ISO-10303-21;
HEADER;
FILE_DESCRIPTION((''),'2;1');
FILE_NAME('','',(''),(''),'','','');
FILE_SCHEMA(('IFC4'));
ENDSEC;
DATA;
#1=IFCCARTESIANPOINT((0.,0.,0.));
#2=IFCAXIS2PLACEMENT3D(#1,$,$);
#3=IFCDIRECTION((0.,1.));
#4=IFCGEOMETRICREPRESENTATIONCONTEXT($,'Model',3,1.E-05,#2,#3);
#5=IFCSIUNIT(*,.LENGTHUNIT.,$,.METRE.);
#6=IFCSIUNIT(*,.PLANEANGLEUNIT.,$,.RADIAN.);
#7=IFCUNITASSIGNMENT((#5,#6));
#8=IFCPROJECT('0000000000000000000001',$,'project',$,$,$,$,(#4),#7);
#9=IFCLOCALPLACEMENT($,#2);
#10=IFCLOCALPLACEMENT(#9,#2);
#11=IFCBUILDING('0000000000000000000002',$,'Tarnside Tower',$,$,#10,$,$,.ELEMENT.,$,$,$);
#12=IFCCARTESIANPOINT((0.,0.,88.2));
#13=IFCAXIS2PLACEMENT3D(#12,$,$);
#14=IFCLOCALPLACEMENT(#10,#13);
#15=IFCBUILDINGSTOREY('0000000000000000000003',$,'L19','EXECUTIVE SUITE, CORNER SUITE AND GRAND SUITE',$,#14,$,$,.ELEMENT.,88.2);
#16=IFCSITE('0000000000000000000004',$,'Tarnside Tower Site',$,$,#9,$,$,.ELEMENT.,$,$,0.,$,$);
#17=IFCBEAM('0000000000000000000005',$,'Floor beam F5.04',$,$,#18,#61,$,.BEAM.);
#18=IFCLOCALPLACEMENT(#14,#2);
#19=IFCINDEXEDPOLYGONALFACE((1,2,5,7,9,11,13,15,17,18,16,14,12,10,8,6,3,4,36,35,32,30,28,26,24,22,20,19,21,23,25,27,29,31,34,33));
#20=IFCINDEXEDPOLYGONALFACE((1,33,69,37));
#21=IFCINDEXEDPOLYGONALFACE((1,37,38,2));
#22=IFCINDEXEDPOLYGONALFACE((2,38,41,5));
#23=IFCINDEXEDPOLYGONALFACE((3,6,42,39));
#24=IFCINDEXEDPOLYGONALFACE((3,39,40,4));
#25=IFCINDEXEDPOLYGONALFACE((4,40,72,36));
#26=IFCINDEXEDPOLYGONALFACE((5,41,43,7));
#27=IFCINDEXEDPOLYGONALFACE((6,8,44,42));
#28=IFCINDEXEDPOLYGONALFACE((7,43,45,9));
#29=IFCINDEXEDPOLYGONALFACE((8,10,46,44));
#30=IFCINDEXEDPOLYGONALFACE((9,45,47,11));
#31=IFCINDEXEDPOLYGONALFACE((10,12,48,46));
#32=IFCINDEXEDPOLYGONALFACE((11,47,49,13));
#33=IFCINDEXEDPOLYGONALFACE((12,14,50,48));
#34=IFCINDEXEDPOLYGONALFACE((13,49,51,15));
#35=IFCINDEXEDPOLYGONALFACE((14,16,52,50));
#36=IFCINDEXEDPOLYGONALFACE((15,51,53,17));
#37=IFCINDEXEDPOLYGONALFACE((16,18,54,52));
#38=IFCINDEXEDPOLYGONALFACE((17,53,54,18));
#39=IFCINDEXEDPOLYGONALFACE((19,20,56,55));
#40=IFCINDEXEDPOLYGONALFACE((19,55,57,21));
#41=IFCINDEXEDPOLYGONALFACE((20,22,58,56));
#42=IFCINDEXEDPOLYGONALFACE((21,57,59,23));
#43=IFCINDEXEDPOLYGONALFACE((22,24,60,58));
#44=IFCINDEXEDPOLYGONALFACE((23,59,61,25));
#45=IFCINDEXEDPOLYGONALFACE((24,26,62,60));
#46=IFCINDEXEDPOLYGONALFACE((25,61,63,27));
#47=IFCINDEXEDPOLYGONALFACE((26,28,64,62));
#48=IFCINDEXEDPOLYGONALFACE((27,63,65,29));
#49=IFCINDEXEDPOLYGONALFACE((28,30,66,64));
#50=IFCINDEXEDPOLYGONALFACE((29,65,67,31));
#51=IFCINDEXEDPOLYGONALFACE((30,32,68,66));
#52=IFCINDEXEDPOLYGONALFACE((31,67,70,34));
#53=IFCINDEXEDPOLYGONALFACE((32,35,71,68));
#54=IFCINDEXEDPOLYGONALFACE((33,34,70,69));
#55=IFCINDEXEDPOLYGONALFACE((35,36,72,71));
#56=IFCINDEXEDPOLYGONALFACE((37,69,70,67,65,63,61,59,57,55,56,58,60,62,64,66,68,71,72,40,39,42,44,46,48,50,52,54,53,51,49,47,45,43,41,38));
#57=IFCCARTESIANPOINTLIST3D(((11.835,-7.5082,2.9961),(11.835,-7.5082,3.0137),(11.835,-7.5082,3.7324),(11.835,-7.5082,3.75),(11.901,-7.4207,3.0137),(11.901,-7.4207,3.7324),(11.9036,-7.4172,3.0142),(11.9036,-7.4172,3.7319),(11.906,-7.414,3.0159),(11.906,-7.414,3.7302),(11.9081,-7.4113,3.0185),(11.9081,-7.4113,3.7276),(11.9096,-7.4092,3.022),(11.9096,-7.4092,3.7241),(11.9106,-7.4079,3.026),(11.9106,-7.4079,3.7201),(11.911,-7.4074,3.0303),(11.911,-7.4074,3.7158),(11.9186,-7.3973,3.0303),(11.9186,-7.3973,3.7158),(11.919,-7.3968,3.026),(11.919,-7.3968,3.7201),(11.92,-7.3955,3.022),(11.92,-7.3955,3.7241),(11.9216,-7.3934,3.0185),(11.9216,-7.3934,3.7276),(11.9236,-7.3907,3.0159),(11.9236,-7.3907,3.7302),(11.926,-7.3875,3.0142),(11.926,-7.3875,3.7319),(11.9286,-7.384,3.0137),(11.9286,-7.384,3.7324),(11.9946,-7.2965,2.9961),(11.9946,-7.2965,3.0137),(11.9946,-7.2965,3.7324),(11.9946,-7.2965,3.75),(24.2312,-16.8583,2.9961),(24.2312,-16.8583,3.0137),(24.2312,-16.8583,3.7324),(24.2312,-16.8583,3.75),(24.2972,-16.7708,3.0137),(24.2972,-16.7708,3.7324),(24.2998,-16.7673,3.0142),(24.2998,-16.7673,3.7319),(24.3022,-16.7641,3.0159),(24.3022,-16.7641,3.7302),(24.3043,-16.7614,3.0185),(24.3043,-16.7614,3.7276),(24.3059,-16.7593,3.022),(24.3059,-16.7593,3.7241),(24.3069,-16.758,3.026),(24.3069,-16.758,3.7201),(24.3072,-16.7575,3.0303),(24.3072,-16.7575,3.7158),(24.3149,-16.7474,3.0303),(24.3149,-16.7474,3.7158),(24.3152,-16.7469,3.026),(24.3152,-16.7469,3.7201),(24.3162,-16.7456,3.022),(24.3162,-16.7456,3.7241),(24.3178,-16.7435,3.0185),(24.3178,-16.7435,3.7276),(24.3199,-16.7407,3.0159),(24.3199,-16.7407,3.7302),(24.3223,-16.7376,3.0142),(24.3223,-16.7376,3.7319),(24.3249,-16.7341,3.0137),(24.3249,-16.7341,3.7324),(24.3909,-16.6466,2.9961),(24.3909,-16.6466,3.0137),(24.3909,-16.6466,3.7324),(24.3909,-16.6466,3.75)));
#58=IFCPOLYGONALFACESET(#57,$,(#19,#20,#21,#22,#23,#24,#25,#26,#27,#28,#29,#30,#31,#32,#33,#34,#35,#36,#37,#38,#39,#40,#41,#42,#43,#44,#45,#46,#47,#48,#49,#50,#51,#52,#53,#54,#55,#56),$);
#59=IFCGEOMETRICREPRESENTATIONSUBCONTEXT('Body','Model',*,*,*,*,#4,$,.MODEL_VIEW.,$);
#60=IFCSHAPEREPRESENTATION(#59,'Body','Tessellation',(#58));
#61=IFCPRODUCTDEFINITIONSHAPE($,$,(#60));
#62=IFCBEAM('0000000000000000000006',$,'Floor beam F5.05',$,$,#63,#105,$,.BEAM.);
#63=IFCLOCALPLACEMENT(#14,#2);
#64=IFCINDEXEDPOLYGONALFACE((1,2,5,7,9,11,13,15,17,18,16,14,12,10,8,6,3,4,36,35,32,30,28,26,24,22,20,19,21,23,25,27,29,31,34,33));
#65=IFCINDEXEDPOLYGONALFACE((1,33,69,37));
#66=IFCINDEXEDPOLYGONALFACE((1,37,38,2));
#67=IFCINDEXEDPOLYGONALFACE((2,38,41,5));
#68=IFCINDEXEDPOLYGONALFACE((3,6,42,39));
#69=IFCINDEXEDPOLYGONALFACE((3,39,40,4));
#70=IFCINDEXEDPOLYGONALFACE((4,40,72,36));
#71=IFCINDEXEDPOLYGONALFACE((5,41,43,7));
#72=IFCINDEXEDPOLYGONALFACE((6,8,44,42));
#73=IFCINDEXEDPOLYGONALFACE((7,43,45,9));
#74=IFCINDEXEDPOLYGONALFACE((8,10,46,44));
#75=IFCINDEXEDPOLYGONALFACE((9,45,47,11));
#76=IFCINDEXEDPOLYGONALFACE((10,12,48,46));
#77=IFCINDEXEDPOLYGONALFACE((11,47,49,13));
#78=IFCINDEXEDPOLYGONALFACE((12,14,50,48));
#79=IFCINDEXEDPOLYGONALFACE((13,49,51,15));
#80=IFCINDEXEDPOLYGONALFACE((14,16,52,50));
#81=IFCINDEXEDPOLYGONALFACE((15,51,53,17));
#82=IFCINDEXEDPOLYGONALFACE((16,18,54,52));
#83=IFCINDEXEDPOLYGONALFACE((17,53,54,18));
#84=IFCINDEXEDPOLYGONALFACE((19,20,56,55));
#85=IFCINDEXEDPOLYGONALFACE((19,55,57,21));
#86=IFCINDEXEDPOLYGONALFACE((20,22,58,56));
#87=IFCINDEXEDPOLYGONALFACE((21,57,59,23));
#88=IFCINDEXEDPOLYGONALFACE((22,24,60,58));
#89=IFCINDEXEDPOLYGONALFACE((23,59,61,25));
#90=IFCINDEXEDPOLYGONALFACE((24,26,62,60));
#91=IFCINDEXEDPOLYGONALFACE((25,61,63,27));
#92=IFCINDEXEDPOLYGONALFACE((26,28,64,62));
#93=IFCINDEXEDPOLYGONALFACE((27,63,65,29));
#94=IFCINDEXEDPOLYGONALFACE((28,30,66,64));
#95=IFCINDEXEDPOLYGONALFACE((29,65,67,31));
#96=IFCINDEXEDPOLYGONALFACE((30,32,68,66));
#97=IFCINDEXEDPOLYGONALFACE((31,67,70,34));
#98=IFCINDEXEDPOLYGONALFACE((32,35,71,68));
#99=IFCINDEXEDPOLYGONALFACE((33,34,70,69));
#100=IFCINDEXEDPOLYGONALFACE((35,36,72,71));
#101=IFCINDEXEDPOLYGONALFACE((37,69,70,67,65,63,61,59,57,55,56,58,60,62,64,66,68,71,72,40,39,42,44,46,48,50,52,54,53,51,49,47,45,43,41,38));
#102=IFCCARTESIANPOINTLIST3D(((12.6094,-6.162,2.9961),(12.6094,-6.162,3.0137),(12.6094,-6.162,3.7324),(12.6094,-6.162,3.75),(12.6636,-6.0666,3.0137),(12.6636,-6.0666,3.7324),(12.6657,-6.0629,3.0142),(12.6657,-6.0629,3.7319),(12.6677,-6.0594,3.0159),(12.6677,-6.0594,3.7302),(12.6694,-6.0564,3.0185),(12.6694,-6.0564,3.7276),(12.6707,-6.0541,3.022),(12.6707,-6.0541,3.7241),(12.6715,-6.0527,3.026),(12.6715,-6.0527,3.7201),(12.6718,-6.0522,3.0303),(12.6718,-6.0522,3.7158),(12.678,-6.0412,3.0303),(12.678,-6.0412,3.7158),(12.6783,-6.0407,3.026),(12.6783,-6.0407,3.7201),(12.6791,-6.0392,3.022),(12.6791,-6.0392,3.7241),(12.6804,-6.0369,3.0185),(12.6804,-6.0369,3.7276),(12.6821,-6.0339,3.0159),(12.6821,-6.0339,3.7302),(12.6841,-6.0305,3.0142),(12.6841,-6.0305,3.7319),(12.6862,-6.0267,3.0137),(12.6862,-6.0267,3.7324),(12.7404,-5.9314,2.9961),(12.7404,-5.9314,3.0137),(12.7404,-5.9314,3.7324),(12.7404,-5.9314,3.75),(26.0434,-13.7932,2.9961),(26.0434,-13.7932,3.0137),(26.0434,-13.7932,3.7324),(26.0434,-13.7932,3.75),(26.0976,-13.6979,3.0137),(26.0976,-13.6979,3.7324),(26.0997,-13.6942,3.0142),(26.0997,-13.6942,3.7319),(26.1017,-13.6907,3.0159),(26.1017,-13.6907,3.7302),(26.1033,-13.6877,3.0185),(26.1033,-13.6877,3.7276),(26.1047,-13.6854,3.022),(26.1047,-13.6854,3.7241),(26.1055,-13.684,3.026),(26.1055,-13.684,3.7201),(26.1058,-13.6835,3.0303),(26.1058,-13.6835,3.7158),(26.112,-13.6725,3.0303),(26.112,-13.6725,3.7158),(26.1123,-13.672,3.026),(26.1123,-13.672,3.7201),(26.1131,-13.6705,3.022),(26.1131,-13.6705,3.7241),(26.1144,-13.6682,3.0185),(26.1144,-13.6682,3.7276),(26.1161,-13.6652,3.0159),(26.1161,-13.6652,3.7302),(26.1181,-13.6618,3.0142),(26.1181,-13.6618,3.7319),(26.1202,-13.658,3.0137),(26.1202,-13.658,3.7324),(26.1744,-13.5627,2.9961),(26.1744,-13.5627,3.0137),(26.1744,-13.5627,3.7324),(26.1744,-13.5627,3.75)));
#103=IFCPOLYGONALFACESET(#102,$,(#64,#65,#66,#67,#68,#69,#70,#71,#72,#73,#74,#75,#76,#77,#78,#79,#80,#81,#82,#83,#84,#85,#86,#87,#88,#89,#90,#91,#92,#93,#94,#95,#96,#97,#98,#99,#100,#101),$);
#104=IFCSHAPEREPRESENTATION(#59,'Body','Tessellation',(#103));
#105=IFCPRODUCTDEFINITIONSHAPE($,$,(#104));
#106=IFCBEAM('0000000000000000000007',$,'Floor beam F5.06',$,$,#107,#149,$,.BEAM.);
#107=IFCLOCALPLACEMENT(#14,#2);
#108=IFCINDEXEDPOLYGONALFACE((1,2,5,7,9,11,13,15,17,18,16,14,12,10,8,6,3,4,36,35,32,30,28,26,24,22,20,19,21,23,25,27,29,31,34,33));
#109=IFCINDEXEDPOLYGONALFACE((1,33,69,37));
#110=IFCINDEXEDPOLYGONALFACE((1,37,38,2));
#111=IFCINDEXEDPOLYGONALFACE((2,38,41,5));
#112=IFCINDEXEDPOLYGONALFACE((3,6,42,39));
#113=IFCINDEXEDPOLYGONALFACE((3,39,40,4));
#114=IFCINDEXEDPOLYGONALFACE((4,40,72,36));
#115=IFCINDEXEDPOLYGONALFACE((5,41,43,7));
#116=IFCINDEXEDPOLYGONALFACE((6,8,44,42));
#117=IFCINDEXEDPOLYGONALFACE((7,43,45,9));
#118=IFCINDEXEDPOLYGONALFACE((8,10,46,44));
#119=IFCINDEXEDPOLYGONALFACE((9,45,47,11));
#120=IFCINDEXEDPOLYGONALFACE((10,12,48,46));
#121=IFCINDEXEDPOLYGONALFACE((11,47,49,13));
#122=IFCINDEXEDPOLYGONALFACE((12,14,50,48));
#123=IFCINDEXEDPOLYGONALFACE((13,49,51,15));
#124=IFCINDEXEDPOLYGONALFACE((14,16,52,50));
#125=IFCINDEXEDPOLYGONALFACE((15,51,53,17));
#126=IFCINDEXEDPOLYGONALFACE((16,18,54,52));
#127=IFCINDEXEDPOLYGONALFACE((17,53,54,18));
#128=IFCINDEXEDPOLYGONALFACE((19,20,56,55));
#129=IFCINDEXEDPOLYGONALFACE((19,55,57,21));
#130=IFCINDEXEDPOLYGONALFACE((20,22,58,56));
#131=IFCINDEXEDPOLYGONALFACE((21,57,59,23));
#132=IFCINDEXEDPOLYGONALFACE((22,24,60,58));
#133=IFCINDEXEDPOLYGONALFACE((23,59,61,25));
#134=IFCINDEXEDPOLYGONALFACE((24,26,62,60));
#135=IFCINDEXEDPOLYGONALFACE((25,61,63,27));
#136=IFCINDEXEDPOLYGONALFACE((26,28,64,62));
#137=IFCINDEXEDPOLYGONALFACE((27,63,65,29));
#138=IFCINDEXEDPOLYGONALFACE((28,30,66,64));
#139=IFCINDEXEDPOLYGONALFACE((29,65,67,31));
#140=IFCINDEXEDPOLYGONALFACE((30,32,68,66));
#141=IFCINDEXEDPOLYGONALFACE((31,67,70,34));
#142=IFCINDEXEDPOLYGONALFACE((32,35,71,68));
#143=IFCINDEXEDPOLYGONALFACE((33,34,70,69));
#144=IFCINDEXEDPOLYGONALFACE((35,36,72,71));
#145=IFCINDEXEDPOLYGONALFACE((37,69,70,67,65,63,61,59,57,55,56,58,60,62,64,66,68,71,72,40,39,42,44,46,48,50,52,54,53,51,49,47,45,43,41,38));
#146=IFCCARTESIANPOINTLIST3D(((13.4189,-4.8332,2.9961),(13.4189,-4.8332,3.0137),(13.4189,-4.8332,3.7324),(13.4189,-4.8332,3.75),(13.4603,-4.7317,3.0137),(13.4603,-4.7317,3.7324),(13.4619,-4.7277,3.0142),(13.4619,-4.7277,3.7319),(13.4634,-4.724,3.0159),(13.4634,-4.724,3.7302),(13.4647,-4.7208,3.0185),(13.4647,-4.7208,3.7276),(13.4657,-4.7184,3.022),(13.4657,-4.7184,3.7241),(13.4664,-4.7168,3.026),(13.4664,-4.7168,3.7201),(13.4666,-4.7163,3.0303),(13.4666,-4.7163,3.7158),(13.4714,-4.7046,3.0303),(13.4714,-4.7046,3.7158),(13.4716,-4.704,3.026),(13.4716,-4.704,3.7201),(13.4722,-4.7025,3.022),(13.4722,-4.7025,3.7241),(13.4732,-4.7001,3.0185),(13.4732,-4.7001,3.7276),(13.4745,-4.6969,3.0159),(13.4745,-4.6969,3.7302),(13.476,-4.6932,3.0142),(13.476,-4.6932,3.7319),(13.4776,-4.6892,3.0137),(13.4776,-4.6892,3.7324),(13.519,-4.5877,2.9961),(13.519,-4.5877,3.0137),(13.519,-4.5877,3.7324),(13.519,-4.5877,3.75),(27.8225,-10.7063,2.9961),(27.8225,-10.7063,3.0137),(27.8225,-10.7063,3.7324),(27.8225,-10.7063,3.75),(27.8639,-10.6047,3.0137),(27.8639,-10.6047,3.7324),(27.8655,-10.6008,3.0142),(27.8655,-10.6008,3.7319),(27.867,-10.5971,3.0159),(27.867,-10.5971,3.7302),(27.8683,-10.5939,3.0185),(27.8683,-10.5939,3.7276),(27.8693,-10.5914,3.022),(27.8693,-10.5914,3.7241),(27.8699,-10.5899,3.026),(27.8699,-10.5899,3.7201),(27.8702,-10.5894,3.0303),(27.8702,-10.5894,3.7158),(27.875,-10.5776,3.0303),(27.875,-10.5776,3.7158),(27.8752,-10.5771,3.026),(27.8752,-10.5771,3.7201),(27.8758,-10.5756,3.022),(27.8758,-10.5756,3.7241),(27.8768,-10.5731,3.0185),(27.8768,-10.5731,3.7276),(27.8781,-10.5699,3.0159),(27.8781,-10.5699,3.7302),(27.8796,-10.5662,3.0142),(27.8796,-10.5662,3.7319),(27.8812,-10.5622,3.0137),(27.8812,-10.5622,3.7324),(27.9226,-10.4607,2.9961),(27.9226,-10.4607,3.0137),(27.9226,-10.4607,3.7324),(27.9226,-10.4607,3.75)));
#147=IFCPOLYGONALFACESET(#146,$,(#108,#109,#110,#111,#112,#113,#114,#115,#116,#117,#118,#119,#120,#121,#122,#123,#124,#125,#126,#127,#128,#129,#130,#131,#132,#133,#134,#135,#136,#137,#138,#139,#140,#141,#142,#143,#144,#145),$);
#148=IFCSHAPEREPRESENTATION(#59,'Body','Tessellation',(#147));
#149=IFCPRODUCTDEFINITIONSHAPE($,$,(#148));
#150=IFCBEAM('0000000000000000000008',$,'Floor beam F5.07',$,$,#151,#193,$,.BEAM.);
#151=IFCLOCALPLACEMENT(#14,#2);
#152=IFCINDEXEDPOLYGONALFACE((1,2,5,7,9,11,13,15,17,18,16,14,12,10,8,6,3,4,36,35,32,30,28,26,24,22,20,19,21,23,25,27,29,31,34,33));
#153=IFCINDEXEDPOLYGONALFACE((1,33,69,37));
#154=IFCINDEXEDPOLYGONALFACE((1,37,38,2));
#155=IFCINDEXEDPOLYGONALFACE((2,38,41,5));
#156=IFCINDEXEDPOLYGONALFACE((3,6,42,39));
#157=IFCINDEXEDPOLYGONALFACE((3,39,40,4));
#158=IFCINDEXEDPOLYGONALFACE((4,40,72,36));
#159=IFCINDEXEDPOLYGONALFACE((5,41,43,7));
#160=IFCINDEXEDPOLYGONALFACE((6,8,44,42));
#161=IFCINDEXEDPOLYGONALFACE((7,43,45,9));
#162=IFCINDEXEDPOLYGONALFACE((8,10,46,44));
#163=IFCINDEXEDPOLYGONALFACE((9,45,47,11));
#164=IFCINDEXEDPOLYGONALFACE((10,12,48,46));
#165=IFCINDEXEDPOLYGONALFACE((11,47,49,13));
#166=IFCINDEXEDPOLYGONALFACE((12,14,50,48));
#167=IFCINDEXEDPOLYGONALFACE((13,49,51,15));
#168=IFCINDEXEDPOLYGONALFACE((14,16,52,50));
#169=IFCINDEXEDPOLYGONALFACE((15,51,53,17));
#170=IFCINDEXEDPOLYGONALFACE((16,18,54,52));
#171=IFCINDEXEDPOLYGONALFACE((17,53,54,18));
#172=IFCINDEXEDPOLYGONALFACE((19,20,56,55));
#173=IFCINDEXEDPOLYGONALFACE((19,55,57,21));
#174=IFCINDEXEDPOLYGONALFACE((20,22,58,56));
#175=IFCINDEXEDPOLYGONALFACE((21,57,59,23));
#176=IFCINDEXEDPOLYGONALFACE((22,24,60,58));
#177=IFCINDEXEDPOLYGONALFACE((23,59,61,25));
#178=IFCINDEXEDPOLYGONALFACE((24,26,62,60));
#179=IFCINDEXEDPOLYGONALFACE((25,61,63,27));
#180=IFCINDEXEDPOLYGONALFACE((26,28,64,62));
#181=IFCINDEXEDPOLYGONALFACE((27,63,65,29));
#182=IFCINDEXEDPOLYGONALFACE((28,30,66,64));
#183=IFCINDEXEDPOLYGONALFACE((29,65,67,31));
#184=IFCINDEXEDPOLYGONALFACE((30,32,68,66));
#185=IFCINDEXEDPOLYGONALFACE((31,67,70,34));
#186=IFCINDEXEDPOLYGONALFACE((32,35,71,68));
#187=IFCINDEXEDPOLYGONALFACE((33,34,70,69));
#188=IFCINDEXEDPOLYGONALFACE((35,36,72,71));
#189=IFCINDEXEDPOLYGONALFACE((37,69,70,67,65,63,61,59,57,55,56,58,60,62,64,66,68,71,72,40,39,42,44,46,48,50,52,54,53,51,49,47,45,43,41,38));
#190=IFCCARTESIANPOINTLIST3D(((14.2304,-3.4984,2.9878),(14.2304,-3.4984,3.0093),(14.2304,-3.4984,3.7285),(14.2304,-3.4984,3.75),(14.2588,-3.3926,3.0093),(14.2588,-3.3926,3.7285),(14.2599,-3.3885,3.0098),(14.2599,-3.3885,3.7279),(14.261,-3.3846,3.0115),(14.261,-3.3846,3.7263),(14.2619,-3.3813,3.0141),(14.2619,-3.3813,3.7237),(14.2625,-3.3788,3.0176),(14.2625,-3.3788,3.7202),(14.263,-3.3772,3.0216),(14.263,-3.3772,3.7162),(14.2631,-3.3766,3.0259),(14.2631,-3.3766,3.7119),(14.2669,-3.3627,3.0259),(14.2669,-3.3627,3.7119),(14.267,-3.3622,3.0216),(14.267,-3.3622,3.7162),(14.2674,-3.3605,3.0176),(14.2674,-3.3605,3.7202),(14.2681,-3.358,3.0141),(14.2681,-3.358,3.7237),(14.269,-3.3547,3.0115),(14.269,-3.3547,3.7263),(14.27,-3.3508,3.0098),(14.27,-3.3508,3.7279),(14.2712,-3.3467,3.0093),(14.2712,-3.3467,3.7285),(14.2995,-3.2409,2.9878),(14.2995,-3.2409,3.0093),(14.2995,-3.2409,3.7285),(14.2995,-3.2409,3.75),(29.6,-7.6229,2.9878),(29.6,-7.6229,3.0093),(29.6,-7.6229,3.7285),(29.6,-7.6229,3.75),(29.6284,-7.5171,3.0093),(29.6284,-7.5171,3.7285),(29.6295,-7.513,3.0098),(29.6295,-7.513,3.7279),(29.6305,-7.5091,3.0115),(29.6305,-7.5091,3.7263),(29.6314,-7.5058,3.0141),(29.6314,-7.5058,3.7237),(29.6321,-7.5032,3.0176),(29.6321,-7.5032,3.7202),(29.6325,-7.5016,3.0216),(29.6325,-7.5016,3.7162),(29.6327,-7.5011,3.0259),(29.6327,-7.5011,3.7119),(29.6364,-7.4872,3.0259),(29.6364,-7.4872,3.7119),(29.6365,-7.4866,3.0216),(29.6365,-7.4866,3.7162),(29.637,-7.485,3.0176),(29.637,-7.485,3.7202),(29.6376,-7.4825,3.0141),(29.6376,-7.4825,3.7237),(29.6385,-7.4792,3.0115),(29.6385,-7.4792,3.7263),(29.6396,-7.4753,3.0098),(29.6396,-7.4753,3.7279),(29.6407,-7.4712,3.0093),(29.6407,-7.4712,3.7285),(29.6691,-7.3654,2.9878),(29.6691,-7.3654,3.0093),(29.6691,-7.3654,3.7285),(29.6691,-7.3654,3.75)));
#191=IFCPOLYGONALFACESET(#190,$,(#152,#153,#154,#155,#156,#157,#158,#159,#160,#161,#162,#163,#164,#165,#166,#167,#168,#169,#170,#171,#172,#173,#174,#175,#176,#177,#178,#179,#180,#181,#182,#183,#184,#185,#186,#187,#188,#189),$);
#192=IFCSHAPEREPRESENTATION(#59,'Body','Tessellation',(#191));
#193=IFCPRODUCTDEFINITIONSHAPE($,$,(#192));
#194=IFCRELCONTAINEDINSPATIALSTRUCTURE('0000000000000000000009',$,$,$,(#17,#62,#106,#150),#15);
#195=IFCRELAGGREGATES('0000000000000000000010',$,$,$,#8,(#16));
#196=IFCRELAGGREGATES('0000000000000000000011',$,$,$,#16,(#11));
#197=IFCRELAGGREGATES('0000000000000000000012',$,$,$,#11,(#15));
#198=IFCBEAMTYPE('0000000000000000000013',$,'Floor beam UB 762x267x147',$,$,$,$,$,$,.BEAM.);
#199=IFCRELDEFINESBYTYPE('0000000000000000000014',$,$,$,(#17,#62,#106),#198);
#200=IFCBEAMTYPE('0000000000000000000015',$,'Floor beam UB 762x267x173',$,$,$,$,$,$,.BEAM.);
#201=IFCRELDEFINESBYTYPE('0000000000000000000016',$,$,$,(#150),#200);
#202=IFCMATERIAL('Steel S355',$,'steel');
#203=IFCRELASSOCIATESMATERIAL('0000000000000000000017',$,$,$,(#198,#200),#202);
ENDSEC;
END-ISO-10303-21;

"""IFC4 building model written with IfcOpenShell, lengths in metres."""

from ifc_helpers import new_model, si_unit, direction, frame, origin, origin_2d, place, context, subcontext, project, spatial, i_section, extrude, material, material_profile, profile_set, type_object, element, save


model = new_model("IFC4")

# Units and contexts
model_context = context("Model", 3, precision=1e-05, world=origin(), true_north=direction((0.0, 1.0)))
body_context = subcontext(model_context, "Body", "Model", "MODEL_VIEW")
ifc_project = project(units=[si_unit("LENGTHUNIT", "METRE"), si_unit("PLANEANGLEUNIT", "RADIAN")], contexts=[model_context])

# Site, building, storey
site_placement = place(None, origin())
site = spatial("IfcSite", under=ifc_project, at=site_placement, Name="Tarnside Tower Site", CompositionType="ELEMENT", RefElevation=0.0)
building_placement = place(site_placement, origin())
building = spatial("IfcBuilding", under=site, at=building_placement, Name="Tarnside Tower", CompositionType="ELEMENT")
storey_placement = place(building_placement, frame((0.0, 0.0, 88.2)))
storey = spatial("IfcBuildingStorey", under=building, at=storey_placement, Name="L19", Description="EXECUTIVE SUITE, CORNER SUITE AND GRAND SUITE", CompositionType="ELEMENT", Elevation=88.2)

# Beams
ifc_material_1 = material(Name="Steel S355", Category="steel")
ifc_material_profile_1 = material_profile(ifc_material_1, i_section(OverallWidth=0.2651, OverallDepth=0.7539, WebThickness=0.0127, FlangeThickness=0.0176, FilletRadius=0.0166, at=origin_2d()), Name="UB 762x267x147")
ifc_profile_set_1 = profile_set([ifc_material_profile_1], Name="Steel S355")
beam_type_1 = type_object("IfcBeamType", Name="Floor beam UB 762x267x147", PredefinedType="BEAM", material=ifc_profile_set_1)
beam_1_placement = place(storey_placement, frame((24.311, -16.7524, 3.373), z_axis=(-0.798361, 0.602179, 0.0), x_axis=(-0.602179, -0.798361, 0.0)))
element("IfcBeam", 1, at=beam_1_placement, inside=storey, type_object=beam_type_1, Name="Floor beam F5.04", PredefinedType="BEAM", context=body_context, shape_type="SweptSolid", body=[
    extrude(i_section(OverallWidth=0.2651, OverallDepth=0.7539, WebThickness=0.0127, FlangeThickness=0.0176, FilletRadius=0.0166, at=origin_2d()), origin(), (0.0, 0.0, 1.0), 15.5271),
])
beam_2_placement = place(storey_placement, frame((26.1089, -13.678, 3.373), z_axis=(-0.869503, 0.493929, 0.0), x_axis=(-0.493929, -0.869503, 0.0)))
element("IfcBeam", 2, at=beam_2_placement, inside=storey, type_object=beam_type_1, Name="Floor beam F5.05", PredefinedType="BEAM", context=body_context, shape_type="SweptSolid", body=[
    extrude(i_section(OverallWidth=0.2651, OverallDepth=0.7539, WebThickness=0.0127, FlangeThickness=0.0176, FilletRadius=0.0166, at=origin_2d()), origin(), (0.0, 0.0, 1.0), 15.4502),
])
beam_3_placement = place(storey_placement, frame((27.8726, -10.5835, 3.373), z_axis=(-0.925982, 0.377569, 0.0), x_axis=(-0.377569, -0.925982, 0.0)))
element("IfcBeam", 3, at=beam_3_placement, inside=storey, type_object=beam_type_1, Name="Floor beam F5.06", PredefinedType="BEAM", context=body_context, shape_type="SweptSolid", body=[
    extrude(i_section(OverallWidth=0.2651, OverallDepth=0.7539, WebThickness=0.0127, FlangeThickness=0.0176, FilletRadius=0.0166, at=origin_2d()), origin(), (0.0, 0.0, 1.0), 15.5549),
])
ifc_material_profile_2 = material_profile(ifc_material_1, i_section(OverallWidth=0.2666, OverallDepth=0.7622, WebThickness=0.0144, FlangeThickness=0.0215, FilletRadius=0.0166, at=origin_2d()), Name="UB 762x267x173")
ifc_profile_set_2 = profile_set([ifc_material_profile_2], Name="Steel S355")
beam_type_2 = type_object("IfcBeamType", Name="Floor beam UB 762x267x173", PredefinedType="BEAM", material=ifc_profile_set_2)
beam_4_placement = place(storey_placement, frame((29.6345, -7.4941, 3.3689), z_axis=(-0.965828, 0.259184, 0.0), x_axis=(-0.259184, -0.965828, 0.0)))
element("IfcBeam", 4, at=beam_4_placement, inside=storey, type_object=beam_type_2, Name="Floor beam F5.07", PredefinedType="BEAM", context=body_context, shape_type="SweptSolid", body=[
    extrude(i_section(OverallWidth=0.2666, OverallDepth=0.7622, WebThickness=0.0144, FlangeThickness=0.0215, FilletRadius=0.0166, at=origin_2d()), origin(), (0.0, 0.0, 1.0), 15.9133),
])

save(model, "model.ifc")
